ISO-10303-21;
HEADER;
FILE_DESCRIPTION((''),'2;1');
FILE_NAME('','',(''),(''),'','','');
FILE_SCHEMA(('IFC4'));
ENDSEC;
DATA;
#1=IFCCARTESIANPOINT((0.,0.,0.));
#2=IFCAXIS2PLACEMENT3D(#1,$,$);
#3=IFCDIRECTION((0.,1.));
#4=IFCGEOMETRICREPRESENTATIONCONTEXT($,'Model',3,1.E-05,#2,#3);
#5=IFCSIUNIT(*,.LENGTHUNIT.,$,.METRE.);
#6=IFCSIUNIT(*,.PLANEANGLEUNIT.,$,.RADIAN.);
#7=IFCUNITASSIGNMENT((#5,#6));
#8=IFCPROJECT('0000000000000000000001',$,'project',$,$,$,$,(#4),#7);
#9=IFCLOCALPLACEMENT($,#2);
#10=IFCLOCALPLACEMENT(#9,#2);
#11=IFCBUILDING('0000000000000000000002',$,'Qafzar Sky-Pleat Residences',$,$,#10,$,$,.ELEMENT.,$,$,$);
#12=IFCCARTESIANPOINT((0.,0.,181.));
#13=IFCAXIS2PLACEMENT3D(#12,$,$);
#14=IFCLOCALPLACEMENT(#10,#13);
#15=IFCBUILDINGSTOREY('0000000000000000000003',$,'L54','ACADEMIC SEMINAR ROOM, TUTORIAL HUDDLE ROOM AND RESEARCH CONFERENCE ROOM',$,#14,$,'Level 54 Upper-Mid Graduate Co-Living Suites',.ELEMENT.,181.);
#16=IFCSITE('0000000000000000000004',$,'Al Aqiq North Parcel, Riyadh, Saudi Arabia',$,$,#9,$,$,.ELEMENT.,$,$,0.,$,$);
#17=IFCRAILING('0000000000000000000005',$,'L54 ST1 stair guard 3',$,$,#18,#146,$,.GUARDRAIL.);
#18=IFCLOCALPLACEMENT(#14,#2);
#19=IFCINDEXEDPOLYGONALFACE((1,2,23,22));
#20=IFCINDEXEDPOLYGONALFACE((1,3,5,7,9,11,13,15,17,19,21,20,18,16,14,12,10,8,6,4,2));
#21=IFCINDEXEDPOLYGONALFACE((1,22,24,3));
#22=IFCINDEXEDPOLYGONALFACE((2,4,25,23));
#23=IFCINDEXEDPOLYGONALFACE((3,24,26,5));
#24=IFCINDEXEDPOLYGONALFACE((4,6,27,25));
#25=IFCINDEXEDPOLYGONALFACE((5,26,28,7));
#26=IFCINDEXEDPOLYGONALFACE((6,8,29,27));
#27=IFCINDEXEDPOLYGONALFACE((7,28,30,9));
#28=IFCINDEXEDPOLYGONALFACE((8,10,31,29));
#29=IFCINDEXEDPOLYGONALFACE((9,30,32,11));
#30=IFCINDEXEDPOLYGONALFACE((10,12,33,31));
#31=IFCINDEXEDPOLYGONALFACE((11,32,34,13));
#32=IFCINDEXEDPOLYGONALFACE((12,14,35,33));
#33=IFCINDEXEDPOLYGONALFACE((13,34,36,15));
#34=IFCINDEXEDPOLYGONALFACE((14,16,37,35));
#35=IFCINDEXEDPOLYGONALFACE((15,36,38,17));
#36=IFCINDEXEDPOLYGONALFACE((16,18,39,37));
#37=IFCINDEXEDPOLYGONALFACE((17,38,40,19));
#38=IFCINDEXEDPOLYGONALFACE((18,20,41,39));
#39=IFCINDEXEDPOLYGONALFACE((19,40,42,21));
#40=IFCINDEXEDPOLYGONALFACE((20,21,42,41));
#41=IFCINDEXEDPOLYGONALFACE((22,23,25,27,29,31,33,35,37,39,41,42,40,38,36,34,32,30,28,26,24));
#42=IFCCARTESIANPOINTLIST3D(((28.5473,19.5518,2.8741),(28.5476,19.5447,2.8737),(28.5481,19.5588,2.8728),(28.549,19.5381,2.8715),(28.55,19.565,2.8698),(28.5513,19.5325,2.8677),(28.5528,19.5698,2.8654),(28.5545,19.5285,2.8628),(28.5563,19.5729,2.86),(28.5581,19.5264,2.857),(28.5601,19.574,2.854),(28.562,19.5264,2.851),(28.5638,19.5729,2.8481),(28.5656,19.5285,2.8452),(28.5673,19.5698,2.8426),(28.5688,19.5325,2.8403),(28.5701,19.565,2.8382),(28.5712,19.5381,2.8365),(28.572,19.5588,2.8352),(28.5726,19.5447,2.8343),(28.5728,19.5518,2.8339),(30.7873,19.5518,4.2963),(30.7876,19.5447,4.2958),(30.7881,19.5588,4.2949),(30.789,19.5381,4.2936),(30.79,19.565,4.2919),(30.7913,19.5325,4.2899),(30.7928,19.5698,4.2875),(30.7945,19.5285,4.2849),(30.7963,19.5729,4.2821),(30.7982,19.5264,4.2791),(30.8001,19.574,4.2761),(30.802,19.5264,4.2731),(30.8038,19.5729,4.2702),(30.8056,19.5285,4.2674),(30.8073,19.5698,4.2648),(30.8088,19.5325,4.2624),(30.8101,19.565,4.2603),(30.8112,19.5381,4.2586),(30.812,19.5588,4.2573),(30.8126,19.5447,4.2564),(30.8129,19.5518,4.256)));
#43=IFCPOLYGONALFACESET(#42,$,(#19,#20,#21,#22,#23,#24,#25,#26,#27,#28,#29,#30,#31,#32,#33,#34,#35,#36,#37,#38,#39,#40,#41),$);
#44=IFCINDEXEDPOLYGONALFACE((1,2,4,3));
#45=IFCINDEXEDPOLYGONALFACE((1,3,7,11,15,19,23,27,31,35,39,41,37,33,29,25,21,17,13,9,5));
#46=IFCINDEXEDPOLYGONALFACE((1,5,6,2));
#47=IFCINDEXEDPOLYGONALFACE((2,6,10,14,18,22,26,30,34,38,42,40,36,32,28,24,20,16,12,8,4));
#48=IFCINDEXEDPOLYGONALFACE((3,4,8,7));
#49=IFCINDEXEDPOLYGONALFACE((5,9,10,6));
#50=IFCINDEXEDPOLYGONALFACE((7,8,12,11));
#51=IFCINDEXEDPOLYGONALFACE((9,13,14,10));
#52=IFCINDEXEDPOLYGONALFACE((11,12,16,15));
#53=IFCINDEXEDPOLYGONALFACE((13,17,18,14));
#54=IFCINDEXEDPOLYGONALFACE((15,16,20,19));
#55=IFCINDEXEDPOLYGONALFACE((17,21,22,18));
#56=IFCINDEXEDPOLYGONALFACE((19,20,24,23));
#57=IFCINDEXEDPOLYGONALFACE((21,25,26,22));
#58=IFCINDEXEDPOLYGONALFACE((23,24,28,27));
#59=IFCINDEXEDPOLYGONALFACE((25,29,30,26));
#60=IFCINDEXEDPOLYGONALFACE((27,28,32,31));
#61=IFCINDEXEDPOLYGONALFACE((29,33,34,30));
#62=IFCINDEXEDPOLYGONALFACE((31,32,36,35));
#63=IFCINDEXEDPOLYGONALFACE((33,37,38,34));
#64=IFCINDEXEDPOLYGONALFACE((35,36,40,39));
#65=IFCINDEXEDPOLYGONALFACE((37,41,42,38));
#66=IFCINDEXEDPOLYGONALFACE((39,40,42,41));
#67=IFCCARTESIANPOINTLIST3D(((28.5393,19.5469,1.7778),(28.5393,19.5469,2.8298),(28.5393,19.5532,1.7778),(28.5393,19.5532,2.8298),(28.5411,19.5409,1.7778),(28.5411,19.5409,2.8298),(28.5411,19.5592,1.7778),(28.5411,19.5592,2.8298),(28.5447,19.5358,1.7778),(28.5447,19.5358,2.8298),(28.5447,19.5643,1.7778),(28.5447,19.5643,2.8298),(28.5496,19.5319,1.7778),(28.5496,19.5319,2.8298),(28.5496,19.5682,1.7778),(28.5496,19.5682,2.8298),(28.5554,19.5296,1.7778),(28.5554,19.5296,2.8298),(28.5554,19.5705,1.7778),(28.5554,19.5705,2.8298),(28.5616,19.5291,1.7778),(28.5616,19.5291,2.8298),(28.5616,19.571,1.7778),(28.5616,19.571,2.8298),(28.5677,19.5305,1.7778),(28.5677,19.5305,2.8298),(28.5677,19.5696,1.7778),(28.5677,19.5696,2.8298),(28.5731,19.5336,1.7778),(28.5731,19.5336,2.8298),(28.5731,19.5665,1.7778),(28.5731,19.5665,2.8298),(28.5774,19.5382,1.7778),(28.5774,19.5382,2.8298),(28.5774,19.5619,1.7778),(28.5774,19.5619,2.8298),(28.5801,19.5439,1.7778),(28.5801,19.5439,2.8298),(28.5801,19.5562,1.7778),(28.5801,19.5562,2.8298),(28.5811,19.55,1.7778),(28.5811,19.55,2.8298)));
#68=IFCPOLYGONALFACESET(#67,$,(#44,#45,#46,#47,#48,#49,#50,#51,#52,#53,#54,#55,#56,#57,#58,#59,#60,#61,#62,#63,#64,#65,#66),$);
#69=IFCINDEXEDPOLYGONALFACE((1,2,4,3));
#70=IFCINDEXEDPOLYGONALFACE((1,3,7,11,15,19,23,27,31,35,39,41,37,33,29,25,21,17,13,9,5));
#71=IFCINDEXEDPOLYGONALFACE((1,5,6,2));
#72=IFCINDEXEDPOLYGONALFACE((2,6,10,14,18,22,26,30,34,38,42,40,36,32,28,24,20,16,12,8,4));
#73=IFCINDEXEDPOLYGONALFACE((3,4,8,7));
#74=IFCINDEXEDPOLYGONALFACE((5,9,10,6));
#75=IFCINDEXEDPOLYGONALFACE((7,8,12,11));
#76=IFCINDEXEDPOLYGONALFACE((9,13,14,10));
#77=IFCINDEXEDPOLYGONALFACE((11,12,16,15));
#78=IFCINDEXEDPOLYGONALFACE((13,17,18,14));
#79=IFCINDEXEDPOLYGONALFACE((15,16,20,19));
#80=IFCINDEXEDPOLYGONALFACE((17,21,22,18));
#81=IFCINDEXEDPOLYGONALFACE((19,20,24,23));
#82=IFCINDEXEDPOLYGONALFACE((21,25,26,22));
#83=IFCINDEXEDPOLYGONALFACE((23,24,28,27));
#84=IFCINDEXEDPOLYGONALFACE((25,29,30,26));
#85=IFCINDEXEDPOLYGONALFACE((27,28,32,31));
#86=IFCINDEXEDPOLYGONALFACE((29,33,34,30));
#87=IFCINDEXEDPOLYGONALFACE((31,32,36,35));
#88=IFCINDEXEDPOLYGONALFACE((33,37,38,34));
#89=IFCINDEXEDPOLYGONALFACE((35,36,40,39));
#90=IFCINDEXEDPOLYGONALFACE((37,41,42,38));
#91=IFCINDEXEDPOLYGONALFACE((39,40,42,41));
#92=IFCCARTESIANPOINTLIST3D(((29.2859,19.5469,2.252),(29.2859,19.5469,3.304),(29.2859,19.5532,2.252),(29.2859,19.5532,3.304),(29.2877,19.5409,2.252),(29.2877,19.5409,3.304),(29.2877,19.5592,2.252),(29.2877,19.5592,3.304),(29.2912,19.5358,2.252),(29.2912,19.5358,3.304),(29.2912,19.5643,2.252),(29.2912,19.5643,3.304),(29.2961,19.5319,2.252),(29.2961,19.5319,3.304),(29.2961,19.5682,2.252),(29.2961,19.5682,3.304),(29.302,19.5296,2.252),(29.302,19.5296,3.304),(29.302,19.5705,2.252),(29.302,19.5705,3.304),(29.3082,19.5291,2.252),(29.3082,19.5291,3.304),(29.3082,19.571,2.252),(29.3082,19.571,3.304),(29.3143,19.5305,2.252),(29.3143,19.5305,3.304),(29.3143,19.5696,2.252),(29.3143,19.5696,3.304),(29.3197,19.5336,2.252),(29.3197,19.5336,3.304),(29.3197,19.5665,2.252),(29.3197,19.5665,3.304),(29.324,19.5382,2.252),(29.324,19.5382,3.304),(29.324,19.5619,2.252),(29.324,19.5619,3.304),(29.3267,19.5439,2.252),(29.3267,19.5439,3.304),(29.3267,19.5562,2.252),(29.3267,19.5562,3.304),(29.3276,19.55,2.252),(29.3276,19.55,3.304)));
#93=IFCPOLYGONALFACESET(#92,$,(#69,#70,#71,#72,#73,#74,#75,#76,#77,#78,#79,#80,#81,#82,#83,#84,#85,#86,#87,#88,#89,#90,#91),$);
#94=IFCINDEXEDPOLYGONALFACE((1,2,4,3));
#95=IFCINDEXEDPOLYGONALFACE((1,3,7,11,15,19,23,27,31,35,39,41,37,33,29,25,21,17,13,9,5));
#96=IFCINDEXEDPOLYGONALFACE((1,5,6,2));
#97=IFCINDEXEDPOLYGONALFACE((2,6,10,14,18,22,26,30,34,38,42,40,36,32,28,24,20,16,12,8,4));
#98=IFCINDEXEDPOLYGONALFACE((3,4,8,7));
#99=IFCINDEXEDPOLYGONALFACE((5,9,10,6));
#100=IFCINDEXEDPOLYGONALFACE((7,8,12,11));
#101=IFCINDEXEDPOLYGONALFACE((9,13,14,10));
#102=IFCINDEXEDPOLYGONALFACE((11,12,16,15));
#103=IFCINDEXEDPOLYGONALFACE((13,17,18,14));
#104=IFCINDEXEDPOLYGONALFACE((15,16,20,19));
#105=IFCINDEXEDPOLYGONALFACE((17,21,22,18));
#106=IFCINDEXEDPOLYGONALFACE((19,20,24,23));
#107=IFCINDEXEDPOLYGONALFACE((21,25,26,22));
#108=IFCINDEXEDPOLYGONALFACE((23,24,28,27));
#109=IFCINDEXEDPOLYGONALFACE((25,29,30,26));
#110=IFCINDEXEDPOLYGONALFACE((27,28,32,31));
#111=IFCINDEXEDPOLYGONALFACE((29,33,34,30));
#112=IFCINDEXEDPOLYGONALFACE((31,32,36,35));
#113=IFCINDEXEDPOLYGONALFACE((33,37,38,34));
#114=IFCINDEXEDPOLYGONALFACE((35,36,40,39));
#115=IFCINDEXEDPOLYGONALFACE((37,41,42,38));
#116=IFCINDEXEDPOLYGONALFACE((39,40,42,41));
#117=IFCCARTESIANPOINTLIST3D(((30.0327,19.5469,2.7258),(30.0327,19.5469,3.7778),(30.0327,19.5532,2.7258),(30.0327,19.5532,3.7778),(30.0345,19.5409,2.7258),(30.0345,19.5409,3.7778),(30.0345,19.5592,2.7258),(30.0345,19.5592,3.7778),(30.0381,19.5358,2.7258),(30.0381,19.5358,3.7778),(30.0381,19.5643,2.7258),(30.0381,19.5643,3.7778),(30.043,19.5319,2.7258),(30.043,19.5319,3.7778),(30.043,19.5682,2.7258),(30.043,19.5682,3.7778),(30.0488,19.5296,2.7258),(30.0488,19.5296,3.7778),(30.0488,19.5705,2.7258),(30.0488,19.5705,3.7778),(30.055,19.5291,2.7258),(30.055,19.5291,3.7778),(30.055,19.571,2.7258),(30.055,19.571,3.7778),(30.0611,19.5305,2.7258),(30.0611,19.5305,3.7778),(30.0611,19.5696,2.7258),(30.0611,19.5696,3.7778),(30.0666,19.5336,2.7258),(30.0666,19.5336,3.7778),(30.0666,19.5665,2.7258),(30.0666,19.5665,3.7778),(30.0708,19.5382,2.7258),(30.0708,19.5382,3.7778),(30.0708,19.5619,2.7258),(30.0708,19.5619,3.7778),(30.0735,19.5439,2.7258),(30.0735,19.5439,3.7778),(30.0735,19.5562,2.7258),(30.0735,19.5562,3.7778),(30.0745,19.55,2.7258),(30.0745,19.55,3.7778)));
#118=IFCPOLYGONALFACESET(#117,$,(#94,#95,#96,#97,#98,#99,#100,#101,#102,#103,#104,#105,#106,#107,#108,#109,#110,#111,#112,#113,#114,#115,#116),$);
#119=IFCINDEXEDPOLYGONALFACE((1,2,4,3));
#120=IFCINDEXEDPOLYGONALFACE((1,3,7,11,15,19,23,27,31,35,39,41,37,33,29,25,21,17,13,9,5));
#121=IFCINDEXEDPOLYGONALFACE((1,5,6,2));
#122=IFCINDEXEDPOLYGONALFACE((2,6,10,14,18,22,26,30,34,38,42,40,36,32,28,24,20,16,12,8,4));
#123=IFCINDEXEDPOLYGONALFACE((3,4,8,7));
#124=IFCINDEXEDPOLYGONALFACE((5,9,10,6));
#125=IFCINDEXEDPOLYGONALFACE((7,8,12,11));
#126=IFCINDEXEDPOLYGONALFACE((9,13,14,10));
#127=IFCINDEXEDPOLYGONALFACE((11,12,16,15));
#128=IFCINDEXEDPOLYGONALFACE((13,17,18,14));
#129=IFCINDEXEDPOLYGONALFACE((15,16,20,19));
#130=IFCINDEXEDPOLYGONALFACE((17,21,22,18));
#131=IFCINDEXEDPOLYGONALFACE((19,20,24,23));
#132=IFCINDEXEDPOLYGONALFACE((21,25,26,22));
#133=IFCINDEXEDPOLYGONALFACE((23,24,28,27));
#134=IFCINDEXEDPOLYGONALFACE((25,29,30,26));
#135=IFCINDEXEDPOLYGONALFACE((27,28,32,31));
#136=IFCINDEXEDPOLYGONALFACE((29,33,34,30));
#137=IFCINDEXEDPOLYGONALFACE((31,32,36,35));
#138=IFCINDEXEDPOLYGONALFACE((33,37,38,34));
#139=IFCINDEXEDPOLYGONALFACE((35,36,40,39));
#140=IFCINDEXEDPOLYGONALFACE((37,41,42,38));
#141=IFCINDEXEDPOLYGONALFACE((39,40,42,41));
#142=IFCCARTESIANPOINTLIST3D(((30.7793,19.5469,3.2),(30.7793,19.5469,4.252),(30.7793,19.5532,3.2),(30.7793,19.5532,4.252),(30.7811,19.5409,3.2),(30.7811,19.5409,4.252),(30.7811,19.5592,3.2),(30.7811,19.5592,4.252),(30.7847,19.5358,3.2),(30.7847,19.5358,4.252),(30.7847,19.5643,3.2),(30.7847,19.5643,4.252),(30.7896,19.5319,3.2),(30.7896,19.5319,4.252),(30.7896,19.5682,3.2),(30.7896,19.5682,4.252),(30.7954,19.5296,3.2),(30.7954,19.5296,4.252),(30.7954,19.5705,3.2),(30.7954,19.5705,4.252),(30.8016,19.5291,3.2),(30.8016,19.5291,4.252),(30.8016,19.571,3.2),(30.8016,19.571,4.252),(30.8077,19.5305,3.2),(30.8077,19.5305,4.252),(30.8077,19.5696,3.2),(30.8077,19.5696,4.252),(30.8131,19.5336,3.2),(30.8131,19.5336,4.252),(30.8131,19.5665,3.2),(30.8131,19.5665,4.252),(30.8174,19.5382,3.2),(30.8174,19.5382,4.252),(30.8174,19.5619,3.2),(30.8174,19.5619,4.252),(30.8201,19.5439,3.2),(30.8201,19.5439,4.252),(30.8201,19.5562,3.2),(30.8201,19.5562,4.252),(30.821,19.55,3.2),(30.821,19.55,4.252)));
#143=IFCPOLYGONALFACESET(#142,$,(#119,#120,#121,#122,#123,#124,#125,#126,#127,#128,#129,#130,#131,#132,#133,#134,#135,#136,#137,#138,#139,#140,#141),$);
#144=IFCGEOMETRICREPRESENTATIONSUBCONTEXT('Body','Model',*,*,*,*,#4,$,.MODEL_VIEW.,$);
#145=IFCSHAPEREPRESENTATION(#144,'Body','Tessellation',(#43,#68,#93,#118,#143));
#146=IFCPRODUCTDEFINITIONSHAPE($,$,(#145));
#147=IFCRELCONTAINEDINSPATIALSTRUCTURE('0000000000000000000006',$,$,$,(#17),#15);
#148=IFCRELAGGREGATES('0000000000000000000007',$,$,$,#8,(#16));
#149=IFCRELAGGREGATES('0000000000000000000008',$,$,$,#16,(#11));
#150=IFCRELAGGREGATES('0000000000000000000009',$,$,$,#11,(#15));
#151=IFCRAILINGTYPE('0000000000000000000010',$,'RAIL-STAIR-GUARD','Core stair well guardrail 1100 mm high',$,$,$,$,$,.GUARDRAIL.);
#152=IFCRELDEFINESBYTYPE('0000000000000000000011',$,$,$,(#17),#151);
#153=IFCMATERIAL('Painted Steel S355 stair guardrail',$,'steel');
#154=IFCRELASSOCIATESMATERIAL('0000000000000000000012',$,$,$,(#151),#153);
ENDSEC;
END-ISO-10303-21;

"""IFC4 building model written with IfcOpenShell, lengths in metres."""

from ifc_helpers import new_model, si_unit, direction, frame, origin, origin_2d, place, context, subcontext, project, spatial, circle, extrude, source, transform, mapped, material, type_object, element, save


model = new_model("IFC4")

# Units and contexts
model_context = context("Model", 3, precision=1e-05, world=origin(), true_north=direction((0.0, 1.0)))
body_context = subcontext(model_context, "Body", "Model", "MODEL_VIEW")
ifc_project = project(units=[si_unit("LENGTHUNIT", "METRE"), si_unit("PLANEANGLEUNIT", "RADIAN")], contexts=[model_context])

# Site, building, storey
site_placement = place(None, origin())
site = spatial("IfcSite", under=ifc_project, at=site_placement, Name="Al Aqiq North Parcel, Riyadh, Saudi Arabia", CompositionType="ELEMENT", RefElevation=0.0)
building_placement = place(site_placement, origin())
building = spatial("IfcBuilding", under=site, at=building_placement, Name="Qafzar Sky-Pleat Residences", CompositionType="ELEMENT")
storey_placement = place(building_placement, frame((0.0, 0.0, 181.0)))
storey = spatial("IfcBuildingStorey", under=building, at=storey_placement, Name="L54", Description="ACADEMIC SEMINAR ROOM, TUTORIAL HUDDLE ROOM AND RESEARCH CONFERENCE ROOM", LongName="Level 54 Upper-Mid Graduate Co-Living Suites", CompositionType="ELEMENT", Elevation=181.0)

# Railing
ifc_material_1 = material(Name="Painted Steel S355 stair guardrail", Category="steel")
railing_type_1 = type_object("IfcRailingType", Name="RAIL-STAIR-GUARD", Description="Core stair well guardrail 1100 mm high", PredefinedType="GUARDRAIL", material=ifc_material_1)
shared_shape_1 = source(origin(), body_context, "Body", "SweptSolid", [
    extrude(circle(Radius=0.0239, at=origin_2d()), frame((0.0, 0.0, 1.0762), z_axis=(0.844229, 0.0, 0.535982), x_axis=(0.0, 1.0, 0.0)), (0.0, 0.0, 1.0), 2.6533),
    extrude(circle(Radius=0.021, at=origin_2d()), origin(), (0.0, 0.0, 1.0), 1.052),
    extrude(circle(Radius=0.021, at=origin_2d()), frame((0.7466, 0.0, 0.4741)), (0.0, 0.0, 1.0), 1.052),
    extrude(circle(Radius=0.021, at=origin_2d()), frame((1.4934, 0.0, 0.948)), (0.0, 0.0, 1.0), 1.052),
    extrude(circle(Radius=0.021, at=origin_2d()), frame((2.24, 0.0, 1.4221)), (0.0, 0.0, 1.0), 1.052),
])
railing_1_placement = place(storey_placement, frame((28.5601, 19.55, 1.7778)))
element("IfcRailing", 1, at=railing_1_placement, inside=storey, type_object=railing_type_1, Name="L54 ST1 stair guard 3", PredefinedType="GUARDRAIL", context=body_context, shape_type="MappedRepresentation", body=[
    mapped(shared_shape_1, transform((0.0, 0.0, 0.0), x_axis=(1.0, 0.0, 0.0), y_axis=(0.0, 1.0, 0.0), z_axis=(0.0, 0.0, 1.0), scale=1.0)),
])

save(model, "model.ifc")
